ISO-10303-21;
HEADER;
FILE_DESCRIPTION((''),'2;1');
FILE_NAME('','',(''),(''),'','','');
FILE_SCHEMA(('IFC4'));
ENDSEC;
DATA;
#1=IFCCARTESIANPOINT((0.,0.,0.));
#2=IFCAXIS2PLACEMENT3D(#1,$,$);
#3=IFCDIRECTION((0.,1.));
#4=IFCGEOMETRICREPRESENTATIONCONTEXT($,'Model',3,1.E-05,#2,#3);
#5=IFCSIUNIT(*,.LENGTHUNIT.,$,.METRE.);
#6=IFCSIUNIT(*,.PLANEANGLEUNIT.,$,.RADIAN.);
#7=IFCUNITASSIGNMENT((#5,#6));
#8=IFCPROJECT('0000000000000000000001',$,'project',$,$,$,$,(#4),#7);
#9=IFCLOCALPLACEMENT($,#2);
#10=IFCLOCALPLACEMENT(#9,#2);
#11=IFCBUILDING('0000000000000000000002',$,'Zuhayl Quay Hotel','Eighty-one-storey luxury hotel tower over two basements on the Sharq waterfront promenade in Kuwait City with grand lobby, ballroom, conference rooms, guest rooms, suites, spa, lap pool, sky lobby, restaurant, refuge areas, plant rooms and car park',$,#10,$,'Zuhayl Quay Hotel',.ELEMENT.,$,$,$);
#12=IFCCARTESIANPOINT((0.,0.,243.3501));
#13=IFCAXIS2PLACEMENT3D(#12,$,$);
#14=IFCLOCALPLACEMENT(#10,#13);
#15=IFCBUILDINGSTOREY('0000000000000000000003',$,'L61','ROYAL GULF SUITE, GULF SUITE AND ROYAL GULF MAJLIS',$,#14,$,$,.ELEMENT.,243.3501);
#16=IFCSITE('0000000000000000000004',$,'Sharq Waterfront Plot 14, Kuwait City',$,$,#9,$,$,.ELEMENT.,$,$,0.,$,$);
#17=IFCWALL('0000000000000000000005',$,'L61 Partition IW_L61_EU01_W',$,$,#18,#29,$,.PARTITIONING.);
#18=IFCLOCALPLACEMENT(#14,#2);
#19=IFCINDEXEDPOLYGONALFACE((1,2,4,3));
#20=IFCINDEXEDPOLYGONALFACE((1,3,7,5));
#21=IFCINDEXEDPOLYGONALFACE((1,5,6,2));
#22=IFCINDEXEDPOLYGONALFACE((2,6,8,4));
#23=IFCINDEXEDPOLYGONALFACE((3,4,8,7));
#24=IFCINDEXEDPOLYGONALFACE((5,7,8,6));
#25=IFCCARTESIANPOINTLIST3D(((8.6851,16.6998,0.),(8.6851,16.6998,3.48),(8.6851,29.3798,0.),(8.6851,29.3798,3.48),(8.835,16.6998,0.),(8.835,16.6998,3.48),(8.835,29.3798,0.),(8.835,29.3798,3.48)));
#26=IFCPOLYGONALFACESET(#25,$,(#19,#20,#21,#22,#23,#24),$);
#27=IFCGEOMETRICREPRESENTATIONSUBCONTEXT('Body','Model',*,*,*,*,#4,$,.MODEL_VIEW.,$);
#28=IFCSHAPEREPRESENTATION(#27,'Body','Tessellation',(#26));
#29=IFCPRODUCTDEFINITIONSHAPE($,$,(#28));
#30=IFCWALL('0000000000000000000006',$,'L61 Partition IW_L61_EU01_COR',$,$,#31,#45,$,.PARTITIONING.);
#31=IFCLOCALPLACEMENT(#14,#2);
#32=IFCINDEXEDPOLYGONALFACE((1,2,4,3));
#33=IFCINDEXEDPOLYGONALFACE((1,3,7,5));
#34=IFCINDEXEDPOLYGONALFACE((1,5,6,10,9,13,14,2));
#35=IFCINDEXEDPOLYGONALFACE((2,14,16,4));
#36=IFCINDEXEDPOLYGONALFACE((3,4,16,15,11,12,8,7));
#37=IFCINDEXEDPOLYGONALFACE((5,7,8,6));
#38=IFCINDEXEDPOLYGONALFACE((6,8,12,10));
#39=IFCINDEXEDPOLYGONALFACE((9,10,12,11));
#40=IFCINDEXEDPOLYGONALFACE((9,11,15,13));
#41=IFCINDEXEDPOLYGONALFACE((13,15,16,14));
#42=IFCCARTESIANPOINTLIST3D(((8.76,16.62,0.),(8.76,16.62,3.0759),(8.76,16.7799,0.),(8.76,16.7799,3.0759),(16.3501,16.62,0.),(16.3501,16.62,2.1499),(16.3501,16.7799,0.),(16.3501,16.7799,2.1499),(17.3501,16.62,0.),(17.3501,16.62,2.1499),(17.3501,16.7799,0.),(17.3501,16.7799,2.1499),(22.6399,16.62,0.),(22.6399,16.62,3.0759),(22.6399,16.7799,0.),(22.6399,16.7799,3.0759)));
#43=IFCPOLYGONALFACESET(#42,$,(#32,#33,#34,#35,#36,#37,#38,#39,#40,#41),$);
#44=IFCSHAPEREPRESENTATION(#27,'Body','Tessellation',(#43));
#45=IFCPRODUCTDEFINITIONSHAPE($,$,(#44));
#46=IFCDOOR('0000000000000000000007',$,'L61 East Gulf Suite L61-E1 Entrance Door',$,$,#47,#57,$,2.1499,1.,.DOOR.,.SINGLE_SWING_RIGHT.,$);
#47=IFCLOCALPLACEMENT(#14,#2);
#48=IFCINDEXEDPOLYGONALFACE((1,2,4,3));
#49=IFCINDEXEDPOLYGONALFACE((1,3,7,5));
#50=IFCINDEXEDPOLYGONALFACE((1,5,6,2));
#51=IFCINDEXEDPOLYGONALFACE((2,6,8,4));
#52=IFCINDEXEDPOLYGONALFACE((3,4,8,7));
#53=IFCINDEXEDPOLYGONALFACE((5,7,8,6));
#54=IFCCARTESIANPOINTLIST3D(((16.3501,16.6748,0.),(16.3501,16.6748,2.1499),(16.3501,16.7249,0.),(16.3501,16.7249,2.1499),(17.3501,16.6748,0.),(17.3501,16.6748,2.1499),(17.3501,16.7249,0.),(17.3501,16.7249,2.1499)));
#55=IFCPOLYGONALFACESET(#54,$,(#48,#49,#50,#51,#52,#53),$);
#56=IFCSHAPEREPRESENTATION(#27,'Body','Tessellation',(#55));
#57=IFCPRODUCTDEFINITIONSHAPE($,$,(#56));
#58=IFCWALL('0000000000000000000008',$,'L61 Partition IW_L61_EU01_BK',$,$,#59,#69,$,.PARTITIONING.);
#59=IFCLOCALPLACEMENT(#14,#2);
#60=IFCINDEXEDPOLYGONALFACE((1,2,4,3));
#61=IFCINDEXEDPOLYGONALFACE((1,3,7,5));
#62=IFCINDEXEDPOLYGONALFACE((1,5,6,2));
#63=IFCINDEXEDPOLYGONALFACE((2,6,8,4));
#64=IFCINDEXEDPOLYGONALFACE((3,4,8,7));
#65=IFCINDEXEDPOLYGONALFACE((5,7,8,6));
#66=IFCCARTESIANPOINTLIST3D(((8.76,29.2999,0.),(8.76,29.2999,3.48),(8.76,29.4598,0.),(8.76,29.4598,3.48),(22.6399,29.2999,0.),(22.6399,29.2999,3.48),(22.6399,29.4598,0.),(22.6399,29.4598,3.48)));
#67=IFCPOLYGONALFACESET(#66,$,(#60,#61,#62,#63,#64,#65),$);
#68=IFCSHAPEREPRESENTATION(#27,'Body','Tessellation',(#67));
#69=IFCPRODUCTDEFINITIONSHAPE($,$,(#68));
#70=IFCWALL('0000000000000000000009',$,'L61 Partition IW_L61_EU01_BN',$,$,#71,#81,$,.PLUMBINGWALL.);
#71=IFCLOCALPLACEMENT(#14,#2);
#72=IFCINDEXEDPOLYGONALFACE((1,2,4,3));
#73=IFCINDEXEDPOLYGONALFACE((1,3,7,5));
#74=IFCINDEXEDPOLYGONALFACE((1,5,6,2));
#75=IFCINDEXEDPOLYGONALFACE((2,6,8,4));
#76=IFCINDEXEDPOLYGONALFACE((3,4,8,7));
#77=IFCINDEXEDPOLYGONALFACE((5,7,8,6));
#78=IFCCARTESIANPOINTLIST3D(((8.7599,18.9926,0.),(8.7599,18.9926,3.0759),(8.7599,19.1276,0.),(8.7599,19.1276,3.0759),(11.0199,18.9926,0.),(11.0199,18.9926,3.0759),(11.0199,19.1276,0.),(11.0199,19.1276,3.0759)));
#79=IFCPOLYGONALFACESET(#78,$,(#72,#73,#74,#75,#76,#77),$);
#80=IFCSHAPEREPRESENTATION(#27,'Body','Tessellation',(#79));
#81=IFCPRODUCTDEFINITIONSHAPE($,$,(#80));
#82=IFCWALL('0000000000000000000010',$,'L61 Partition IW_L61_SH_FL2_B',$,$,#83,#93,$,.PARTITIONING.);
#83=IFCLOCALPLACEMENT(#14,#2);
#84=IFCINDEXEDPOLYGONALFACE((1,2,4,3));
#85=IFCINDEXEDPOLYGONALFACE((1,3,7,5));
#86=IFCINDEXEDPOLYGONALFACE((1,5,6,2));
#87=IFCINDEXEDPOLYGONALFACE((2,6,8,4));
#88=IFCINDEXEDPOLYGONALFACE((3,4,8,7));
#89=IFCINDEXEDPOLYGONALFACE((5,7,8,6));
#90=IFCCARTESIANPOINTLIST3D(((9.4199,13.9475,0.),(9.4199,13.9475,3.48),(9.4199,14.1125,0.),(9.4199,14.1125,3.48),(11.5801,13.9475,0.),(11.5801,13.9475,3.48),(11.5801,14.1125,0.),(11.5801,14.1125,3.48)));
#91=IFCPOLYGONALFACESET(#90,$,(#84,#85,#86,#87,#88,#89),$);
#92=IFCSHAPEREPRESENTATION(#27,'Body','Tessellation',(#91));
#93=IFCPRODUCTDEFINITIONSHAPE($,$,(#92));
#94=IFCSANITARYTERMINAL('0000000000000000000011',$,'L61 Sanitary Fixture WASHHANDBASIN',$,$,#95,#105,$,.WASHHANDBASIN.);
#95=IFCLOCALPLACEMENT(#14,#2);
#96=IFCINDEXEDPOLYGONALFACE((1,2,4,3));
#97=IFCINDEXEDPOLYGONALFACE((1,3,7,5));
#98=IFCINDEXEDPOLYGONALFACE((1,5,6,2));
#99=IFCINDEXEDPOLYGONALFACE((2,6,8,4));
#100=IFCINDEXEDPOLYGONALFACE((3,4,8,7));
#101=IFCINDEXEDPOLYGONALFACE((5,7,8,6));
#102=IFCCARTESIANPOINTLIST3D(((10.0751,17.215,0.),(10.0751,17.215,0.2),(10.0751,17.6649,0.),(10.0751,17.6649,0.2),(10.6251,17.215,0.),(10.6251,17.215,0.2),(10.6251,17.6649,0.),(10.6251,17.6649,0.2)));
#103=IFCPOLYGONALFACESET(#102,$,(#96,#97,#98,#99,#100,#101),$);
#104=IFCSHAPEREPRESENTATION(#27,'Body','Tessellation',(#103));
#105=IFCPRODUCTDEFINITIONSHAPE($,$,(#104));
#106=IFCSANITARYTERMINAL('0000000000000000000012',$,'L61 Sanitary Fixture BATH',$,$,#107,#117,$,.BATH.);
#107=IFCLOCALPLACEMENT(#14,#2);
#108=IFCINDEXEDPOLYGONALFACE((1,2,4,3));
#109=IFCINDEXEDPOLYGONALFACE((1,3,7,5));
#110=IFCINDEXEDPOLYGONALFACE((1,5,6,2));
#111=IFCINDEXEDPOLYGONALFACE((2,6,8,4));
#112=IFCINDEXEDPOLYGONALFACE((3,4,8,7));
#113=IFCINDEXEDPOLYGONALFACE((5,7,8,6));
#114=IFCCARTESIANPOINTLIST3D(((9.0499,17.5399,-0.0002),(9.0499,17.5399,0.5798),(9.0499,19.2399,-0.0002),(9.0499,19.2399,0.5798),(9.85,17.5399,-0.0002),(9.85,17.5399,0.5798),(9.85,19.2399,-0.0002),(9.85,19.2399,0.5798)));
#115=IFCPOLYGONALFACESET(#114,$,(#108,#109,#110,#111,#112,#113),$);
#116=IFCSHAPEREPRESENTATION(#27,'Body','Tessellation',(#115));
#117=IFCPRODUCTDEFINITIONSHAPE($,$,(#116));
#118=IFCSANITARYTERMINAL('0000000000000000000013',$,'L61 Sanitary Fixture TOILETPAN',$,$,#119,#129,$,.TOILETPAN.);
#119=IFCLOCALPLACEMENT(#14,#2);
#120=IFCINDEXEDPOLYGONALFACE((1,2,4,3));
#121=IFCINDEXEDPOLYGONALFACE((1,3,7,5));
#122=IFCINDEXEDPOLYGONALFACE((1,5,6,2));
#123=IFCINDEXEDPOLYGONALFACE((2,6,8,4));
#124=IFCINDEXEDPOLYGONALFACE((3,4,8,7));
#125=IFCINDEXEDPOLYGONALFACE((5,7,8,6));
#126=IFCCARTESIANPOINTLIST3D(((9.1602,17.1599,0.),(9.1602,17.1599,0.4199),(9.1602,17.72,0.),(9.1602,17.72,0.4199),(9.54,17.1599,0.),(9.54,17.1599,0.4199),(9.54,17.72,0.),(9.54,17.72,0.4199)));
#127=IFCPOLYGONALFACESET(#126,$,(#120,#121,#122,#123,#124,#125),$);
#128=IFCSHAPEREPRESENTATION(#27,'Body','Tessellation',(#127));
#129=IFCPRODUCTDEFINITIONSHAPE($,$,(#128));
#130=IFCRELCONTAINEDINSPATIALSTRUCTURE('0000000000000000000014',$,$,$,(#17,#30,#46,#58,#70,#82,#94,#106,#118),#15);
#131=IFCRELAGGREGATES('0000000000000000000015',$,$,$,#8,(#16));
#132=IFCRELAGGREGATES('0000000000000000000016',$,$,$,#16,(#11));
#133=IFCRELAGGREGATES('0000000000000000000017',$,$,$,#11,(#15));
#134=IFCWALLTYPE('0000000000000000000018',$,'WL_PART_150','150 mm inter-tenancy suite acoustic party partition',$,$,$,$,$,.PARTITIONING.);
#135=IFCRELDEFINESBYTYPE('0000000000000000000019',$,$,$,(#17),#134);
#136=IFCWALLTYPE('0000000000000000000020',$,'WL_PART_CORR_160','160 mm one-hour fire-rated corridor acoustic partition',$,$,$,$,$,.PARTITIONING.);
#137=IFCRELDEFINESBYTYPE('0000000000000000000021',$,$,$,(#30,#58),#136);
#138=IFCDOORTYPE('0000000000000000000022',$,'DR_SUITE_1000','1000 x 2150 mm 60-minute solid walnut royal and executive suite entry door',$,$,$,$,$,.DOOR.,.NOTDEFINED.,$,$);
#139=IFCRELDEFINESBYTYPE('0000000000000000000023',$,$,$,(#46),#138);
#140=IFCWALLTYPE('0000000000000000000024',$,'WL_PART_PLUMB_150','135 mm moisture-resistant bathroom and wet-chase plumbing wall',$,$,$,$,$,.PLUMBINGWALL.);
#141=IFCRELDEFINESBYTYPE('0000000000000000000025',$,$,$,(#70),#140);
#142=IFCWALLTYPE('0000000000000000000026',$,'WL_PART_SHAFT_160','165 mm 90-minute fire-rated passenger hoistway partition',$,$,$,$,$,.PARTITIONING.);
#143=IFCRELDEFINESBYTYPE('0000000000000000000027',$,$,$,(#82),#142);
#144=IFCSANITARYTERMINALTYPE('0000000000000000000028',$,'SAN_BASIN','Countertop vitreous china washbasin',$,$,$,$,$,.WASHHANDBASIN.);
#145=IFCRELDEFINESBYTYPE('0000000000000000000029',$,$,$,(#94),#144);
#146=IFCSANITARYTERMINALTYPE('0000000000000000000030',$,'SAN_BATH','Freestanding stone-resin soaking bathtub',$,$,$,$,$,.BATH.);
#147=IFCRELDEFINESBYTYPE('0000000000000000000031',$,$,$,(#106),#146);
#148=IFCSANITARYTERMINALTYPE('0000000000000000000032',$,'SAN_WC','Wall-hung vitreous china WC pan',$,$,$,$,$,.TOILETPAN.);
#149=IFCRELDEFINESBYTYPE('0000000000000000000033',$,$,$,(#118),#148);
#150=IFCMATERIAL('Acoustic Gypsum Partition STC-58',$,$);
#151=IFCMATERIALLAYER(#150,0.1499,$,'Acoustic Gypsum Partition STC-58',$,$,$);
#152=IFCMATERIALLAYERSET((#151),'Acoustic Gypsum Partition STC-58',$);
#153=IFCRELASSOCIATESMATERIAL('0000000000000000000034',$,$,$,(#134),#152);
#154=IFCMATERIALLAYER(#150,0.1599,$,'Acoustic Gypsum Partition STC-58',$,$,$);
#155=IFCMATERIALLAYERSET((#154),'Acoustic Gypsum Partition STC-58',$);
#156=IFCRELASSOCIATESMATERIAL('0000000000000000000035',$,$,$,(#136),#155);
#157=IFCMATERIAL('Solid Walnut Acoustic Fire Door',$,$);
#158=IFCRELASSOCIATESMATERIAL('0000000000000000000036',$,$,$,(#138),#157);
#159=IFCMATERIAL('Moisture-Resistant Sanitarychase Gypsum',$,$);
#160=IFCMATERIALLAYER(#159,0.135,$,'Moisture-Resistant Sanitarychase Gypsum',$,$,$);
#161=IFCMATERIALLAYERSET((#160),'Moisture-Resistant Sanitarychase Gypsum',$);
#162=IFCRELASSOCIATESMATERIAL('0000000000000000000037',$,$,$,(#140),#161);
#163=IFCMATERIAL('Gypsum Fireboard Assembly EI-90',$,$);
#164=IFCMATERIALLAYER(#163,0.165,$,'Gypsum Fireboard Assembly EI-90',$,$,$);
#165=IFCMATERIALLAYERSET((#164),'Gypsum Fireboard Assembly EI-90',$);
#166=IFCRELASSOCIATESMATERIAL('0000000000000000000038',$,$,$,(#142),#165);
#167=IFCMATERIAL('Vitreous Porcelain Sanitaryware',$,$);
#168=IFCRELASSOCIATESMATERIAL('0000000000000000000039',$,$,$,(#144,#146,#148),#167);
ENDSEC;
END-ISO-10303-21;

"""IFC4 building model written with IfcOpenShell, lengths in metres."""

from ifc_helpers import new_model, si_unit, direction, frame, frame_2d, origin, origin_2d, place, context, subcontext, project, spatial, rectangle, extrude, material, layer, layer_set, type_object, element, fill, save


model = new_model("IFC4")

# Units and contexts
model_context = context("Model", 3, precision=1e-05, world=origin(), true_north=direction((0.0, 1.0)))
body_context = subcontext(model_context, "Body", "Model", "MODEL_VIEW")
ifc_project = project(units=[si_unit("LENGTHUNIT", "METRE"), si_unit("PLANEANGLEUNIT", "RADIAN")], contexts=[model_context])

# Site, building, storey
site_placement = place(None, origin())
site = spatial("IfcSite", under=ifc_project, at=site_placement, Name="Sharq Waterfront Plot 14, Kuwait City", CompositionType="ELEMENT", RefElevation=0.0)
building_placement = place(site_placement, origin())
building = spatial("IfcBuilding", under=site, at=building_placement, Name="Zuhayl Quay Hotel", Description="Eighty-one-storey luxury hotel tower over two basements on the Sharq waterfront promenade in Kuwait City with grand lobby, ballroom, conference rooms, guest rooms, suites, spa, lap pool, sky lobby, restaurant, refuge areas, plant rooms and car park", LongName="Zuhayl Quay Hotel", CompositionType="ELEMENT")
storey_placement = place(building_placement, frame((0.0, 0.0, 243.3501)))
storey = spatial("IfcBuildingStorey", under=building, at=storey_placement, Name="L61", Description="ROYAL GULF SUITE, GULF SUITE AND ROYAL GULF MAJLIS", CompositionType="ELEMENT", Elevation=243.3501)

# Wall
ifc_material_1 = material(Name="Acoustic Gypsum Partition STC-58")
ifc_layer_1 = layer(ifc_material_1, 0.1499, Name="Acoustic Gypsum Partition STC-58")
ifc_layer_set_1 = layer_set([ifc_layer_1], Name="Acoustic Gypsum Partition STC-58")
wall_type_1 = type_object("IfcWallType", Name="WL_PART_150", Description="150 mm inter-tenancy suite acoustic party partition", PredefinedType="PARTITIONING", material=ifc_layer_set_1)
wall_1_placement = place(storey_placement, frame((8.76, 16.7, 0.0), z_axis=(0.0, 0.0, 1.0), x_axis=(0.0, 1.0, 0.0)))
element("IfcWall", 1, at=wall_1_placement, inside=storey, type_object=wall_type_1, Name="L61 Partition IW_L61_EU01_W", PredefinedType="PARTITIONING", context=body_context, shape_type="SweptSolid", body=[
    extrude(rectangle(XDim=12.6799, YDim=0.1499, at=frame_2d((6.3398, 0.0))), origin(), (0.0, 0.0, 1.0), 3.48),
])

# Wall, opening, door
ifc_layer_2 = layer(ifc_material_1, 0.1599, Name="Acoustic Gypsum Partition STC-58")
ifc_layer_set_2 = layer_set([ifc_layer_2], Name="Acoustic Gypsum Partition STC-58")
wall_type_2 = type_object("IfcWallType", Name="WL_PART_CORR_160", Description="160 mm one-hour fire-rated corridor acoustic partition", PredefinedType="PARTITIONING", material=ifc_layer_set_2)
wall_2_placement = place(storey_placement, frame((8.76, 16.7, 0.0), z_axis=(0.0, 0.0, 1.0), x_axis=(1.0, 0.0, 0.0)))
wall_2 = element("IfcWall", 2, at=wall_2_placement, inside=storey, type_object=wall_type_2, Name="L61 Partition IW_L61_EU01_COR", PredefinedType="PARTITIONING", context=body_context, shape_type="SweptSolid", body=[
    extrude(rectangle(XDim=13.8799, YDim=0.1599, at=frame_2d((6.9399, 0.0))), origin(), (0.0, 0.0, 1.0), 3.0759),
])
opening_placement = place(wall_2_placement, frame((7.5901, 0.0, 0.0)))
opening = element("IfcOpeningElement", 3, at=opening_placement, cuts=wall_2, PredefinedType="OPENING", context=body_context, shape_type="SweptSolid", body=[
    extrude(rectangle(XDim=1.0, YDim=2.1499, at=frame_2d((0.5, 1.075))), frame((0.0, 0.0898, 0.0), z_axis=(0.0, -1.0, 0.0), x_axis=(1.0, 0.0, 0.0)), (0.0, 0.0, 1.0), 0.1799),
])
ifc_material_2 = material(Name="Solid Walnut Acoustic Fire Door")
door_type = type_object("IfcDoorType", Name="DR_SUITE_1000", Description="1000 x 2150 mm 60-minute solid walnut royal and executive suite entry door", OperationType="NOTDEFINED", PredefinedType="DOOR", material=ifc_material_2)
door_placement = place(opening_placement, origin())
door = element("IfcDoor", 4, at=door_placement, inside=storey, type_object=door_type, Name="L61 East Gulf Suite L61-E1 Entrance Door", OperationType="SINGLE_SWING_RIGHT", OverallHeight=2.1499, OverallWidth=1.0, PredefinedType="DOOR", context=body_context, shape_type="SweptSolid", body=[
    extrude(rectangle(XDim=1.0, YDim=2.1499, at=frame_2d((0.5, 1.075))), frame((0.0, 0.0249, 0.0), z_axis=(0.0, -1.0, 0.0), x_axis=(1.0, 0.0, 0.0)), (0.0, 0.0, 1.0), 0.05),
])
fill(opening, door)

# Walls
wall_3_placement = place(storey_placement, frame((8.76, 29.3799, 0.0), z_axis=(0.0, 0.0, 1.0), x_axis=(1.0, 0.0, 0.0)))
element("IfcWall", 5, at=wall_3_placement, inside=storey, type_object=wall_type_2, Name="L61 Partition IW_L61_EU01_BK", PredefinedType="PARTITIONING", context=body_context, shape_type="SweptSolid", body=[
    extrude(rectangle(XDim=13.8799, YDim=0.1599, at=frame_2d((6.9399, 0.0))), origin(), (0.0, 0.0, 1.0), 3.48),
])
ifc_material_3 = material(Name="Moisture-Resistant Sanitarychase Gypsum")
ifc_layer_3 = layer(ifc_material_3, 0.135, Name="Moisture-Resistant Sanitarychase Gypsum")
ifc_layer_set_3 = layer_set([ifc_layer_3], Name="Moisture-Resistant Sanitarychase Gypsum")
wall_type_3 = type_object("IfcWallType", Name="WL_PART_PLUMB_150", Description="135 mm moisture-resistant bathroom and wet-chase plumbing wall", PredefinedType="PLUMBINGWALL", material=ifc_layer_set_3)
wall_4_placement = place(storey_placement, frame((8.76, 19.0601, 0.0), z_axis=(0.0, 0.0, 1.0), x_axis=(1.0, 0.0, 0.0)))
element("IfcWall", 6, at=wall_4_placement, inside=storey, type_object=wall_type_3, Name="L61 Partition IW_L61_EU01_BN", PredefinedType="PLUMBINGWALL", context=body_context, shape_type="SweptSolid", body=[
    extrude(rectangle(XDim=2.26, YDim=0.135, at=frame_2d((1.1299, 0.0))), origin(), (0.0, 0.0, 1.0), 3.0759),
])
ifc_material_4 = material(Name="Gypsum Fireboard Assembly EI-90")
ifc_layer_4 = layer(ifc_material_4, 0.165, Name="Gypsum Fireboard Assembly EI-90")
ifc_layer_set_4 = layer_set([ifc_layer_4], Name="Gypsum Fireboard Assembly EI-90")
wall_type_4 = type_object("IfcWallType", Name="WL_PART_SHAFT_160", Description="165 mm 90-minute fire-rated passenger hoistway partition", PredefinedType="PARTITIONING", material=ifc_layer_set_4)
wall_5_placement = place(storey_placement, frame((9.4199, 14.03, 0.0), z_axis=(0.0, 0.0, 1.0), x_axis=(1.0, 0.0, 0.0)))
element("IfcWall", 7, at=wall_5_placement, inside=storey, type_object=wall_type_4, Name="L61 Partition IW_L61_SH_FL2_B", PredefinedType="PARTITIONING", context=body_context, shape_type="SweptSolid", body=[
    extrude(rectangle(XDim=2.1602, YDim=0.165, at=frame_2d((1.0801, 0.0))), origin(), (0.0, 0.0, 1.0), 3.48),
])

# Sanitary terminals
ifc_material_5 = material(Name="Vitreous Porcelain Sanitaryware")
sanitary_terminal_type_1 = type_object("IfcSanitaryTerminalType", Name="SAN_BASIN", Description="Countertop vitreous china washbasin", PredefinedType="WASHHANDBASIN", material=ifc_material_5)
sanitary_terminal_1_placement = place(storey_placement, frame((10.3501, 17.4399, 0.0), z_axis=(0.0, 0.0, 1.0), x_axis=(1.0, 0.0, 0.0)))
element("IfcSanitaryTerminal", 8, at=sanitary_terminal_1_placement, inside=storey, type_object=sanitary_terminal_type_1, Name="L61 Sanitary Fixture WASHHANDBASIN", PredefinedType="WASHHANDBASIN", context=body_context, shape_type="SweptSolid", body=[
    extrude(rectangle(XDim=0.55, YDim=0.45, at=origin_2d()), origin(), (0.0, 0.0, 1.0), 0.2),
])
sanitary_terminal_type_2 = type_object("IfcSanitaryTerminalType", Name="SAN_BATH", Description="Freestanding stone-resin soaking bathtub", PredefinedType="BATH", material=ifc_material_5)
sanitary_terminal_2_placement = place(storey_placement, frame((9.45, 18.3899, -0.0002), z_axis=(0.0, 0.0, 1.0), x_axis=(1.0, 0.0, 0.0)))
element("IfcSanitaryTerminal", 9, at=sanitary_terminal_2_placement, inside=storey, type_object=sanitary_terminal_type_2, Name="L61 Sanitary Fixture BATH", PredefinedType="BATH", context=body_context, shape_type="SweptSolid", body=[
    extrude(rectangle(XDim=0.8, YDim=1.7, at=origin_2d()), origin(), (0.0, 0.0, 1.0), 0.5801),
])
sanitary_terminal_type_3 = type_object("IfcSanitaryTerminalType", Name="SAN_WC", Description="Wall-hung vitreous china WC pan", PredefinedType="TOILETPAN", material=ifc_material_5)
sanitary_terminal_3_placement = place(storey_placement, frame((9.3501, 17.4399, 0.0), z_axis=(0.0, 0.0, 1.0), x_axis=(1.0, 0.0, 0.0)))
element("IfcSanitaryTerminal", 10, at=sanitary_terminal_3_placement, inside=storey, type_object=sanitary_terminal_type_3, Name="L61 Sanitary Fixture TOILETPAN", PredefinedType="TOILETPAN", context=body_context, shape_type="SweptSolid", body=[
    extrude(rectangle(XDim=0.3799, YDim=0.5601, at=origin_2d()), origin(), (0.0, 0.0, 1.0), 0.4199),
])

save(model, "model.ifc")
